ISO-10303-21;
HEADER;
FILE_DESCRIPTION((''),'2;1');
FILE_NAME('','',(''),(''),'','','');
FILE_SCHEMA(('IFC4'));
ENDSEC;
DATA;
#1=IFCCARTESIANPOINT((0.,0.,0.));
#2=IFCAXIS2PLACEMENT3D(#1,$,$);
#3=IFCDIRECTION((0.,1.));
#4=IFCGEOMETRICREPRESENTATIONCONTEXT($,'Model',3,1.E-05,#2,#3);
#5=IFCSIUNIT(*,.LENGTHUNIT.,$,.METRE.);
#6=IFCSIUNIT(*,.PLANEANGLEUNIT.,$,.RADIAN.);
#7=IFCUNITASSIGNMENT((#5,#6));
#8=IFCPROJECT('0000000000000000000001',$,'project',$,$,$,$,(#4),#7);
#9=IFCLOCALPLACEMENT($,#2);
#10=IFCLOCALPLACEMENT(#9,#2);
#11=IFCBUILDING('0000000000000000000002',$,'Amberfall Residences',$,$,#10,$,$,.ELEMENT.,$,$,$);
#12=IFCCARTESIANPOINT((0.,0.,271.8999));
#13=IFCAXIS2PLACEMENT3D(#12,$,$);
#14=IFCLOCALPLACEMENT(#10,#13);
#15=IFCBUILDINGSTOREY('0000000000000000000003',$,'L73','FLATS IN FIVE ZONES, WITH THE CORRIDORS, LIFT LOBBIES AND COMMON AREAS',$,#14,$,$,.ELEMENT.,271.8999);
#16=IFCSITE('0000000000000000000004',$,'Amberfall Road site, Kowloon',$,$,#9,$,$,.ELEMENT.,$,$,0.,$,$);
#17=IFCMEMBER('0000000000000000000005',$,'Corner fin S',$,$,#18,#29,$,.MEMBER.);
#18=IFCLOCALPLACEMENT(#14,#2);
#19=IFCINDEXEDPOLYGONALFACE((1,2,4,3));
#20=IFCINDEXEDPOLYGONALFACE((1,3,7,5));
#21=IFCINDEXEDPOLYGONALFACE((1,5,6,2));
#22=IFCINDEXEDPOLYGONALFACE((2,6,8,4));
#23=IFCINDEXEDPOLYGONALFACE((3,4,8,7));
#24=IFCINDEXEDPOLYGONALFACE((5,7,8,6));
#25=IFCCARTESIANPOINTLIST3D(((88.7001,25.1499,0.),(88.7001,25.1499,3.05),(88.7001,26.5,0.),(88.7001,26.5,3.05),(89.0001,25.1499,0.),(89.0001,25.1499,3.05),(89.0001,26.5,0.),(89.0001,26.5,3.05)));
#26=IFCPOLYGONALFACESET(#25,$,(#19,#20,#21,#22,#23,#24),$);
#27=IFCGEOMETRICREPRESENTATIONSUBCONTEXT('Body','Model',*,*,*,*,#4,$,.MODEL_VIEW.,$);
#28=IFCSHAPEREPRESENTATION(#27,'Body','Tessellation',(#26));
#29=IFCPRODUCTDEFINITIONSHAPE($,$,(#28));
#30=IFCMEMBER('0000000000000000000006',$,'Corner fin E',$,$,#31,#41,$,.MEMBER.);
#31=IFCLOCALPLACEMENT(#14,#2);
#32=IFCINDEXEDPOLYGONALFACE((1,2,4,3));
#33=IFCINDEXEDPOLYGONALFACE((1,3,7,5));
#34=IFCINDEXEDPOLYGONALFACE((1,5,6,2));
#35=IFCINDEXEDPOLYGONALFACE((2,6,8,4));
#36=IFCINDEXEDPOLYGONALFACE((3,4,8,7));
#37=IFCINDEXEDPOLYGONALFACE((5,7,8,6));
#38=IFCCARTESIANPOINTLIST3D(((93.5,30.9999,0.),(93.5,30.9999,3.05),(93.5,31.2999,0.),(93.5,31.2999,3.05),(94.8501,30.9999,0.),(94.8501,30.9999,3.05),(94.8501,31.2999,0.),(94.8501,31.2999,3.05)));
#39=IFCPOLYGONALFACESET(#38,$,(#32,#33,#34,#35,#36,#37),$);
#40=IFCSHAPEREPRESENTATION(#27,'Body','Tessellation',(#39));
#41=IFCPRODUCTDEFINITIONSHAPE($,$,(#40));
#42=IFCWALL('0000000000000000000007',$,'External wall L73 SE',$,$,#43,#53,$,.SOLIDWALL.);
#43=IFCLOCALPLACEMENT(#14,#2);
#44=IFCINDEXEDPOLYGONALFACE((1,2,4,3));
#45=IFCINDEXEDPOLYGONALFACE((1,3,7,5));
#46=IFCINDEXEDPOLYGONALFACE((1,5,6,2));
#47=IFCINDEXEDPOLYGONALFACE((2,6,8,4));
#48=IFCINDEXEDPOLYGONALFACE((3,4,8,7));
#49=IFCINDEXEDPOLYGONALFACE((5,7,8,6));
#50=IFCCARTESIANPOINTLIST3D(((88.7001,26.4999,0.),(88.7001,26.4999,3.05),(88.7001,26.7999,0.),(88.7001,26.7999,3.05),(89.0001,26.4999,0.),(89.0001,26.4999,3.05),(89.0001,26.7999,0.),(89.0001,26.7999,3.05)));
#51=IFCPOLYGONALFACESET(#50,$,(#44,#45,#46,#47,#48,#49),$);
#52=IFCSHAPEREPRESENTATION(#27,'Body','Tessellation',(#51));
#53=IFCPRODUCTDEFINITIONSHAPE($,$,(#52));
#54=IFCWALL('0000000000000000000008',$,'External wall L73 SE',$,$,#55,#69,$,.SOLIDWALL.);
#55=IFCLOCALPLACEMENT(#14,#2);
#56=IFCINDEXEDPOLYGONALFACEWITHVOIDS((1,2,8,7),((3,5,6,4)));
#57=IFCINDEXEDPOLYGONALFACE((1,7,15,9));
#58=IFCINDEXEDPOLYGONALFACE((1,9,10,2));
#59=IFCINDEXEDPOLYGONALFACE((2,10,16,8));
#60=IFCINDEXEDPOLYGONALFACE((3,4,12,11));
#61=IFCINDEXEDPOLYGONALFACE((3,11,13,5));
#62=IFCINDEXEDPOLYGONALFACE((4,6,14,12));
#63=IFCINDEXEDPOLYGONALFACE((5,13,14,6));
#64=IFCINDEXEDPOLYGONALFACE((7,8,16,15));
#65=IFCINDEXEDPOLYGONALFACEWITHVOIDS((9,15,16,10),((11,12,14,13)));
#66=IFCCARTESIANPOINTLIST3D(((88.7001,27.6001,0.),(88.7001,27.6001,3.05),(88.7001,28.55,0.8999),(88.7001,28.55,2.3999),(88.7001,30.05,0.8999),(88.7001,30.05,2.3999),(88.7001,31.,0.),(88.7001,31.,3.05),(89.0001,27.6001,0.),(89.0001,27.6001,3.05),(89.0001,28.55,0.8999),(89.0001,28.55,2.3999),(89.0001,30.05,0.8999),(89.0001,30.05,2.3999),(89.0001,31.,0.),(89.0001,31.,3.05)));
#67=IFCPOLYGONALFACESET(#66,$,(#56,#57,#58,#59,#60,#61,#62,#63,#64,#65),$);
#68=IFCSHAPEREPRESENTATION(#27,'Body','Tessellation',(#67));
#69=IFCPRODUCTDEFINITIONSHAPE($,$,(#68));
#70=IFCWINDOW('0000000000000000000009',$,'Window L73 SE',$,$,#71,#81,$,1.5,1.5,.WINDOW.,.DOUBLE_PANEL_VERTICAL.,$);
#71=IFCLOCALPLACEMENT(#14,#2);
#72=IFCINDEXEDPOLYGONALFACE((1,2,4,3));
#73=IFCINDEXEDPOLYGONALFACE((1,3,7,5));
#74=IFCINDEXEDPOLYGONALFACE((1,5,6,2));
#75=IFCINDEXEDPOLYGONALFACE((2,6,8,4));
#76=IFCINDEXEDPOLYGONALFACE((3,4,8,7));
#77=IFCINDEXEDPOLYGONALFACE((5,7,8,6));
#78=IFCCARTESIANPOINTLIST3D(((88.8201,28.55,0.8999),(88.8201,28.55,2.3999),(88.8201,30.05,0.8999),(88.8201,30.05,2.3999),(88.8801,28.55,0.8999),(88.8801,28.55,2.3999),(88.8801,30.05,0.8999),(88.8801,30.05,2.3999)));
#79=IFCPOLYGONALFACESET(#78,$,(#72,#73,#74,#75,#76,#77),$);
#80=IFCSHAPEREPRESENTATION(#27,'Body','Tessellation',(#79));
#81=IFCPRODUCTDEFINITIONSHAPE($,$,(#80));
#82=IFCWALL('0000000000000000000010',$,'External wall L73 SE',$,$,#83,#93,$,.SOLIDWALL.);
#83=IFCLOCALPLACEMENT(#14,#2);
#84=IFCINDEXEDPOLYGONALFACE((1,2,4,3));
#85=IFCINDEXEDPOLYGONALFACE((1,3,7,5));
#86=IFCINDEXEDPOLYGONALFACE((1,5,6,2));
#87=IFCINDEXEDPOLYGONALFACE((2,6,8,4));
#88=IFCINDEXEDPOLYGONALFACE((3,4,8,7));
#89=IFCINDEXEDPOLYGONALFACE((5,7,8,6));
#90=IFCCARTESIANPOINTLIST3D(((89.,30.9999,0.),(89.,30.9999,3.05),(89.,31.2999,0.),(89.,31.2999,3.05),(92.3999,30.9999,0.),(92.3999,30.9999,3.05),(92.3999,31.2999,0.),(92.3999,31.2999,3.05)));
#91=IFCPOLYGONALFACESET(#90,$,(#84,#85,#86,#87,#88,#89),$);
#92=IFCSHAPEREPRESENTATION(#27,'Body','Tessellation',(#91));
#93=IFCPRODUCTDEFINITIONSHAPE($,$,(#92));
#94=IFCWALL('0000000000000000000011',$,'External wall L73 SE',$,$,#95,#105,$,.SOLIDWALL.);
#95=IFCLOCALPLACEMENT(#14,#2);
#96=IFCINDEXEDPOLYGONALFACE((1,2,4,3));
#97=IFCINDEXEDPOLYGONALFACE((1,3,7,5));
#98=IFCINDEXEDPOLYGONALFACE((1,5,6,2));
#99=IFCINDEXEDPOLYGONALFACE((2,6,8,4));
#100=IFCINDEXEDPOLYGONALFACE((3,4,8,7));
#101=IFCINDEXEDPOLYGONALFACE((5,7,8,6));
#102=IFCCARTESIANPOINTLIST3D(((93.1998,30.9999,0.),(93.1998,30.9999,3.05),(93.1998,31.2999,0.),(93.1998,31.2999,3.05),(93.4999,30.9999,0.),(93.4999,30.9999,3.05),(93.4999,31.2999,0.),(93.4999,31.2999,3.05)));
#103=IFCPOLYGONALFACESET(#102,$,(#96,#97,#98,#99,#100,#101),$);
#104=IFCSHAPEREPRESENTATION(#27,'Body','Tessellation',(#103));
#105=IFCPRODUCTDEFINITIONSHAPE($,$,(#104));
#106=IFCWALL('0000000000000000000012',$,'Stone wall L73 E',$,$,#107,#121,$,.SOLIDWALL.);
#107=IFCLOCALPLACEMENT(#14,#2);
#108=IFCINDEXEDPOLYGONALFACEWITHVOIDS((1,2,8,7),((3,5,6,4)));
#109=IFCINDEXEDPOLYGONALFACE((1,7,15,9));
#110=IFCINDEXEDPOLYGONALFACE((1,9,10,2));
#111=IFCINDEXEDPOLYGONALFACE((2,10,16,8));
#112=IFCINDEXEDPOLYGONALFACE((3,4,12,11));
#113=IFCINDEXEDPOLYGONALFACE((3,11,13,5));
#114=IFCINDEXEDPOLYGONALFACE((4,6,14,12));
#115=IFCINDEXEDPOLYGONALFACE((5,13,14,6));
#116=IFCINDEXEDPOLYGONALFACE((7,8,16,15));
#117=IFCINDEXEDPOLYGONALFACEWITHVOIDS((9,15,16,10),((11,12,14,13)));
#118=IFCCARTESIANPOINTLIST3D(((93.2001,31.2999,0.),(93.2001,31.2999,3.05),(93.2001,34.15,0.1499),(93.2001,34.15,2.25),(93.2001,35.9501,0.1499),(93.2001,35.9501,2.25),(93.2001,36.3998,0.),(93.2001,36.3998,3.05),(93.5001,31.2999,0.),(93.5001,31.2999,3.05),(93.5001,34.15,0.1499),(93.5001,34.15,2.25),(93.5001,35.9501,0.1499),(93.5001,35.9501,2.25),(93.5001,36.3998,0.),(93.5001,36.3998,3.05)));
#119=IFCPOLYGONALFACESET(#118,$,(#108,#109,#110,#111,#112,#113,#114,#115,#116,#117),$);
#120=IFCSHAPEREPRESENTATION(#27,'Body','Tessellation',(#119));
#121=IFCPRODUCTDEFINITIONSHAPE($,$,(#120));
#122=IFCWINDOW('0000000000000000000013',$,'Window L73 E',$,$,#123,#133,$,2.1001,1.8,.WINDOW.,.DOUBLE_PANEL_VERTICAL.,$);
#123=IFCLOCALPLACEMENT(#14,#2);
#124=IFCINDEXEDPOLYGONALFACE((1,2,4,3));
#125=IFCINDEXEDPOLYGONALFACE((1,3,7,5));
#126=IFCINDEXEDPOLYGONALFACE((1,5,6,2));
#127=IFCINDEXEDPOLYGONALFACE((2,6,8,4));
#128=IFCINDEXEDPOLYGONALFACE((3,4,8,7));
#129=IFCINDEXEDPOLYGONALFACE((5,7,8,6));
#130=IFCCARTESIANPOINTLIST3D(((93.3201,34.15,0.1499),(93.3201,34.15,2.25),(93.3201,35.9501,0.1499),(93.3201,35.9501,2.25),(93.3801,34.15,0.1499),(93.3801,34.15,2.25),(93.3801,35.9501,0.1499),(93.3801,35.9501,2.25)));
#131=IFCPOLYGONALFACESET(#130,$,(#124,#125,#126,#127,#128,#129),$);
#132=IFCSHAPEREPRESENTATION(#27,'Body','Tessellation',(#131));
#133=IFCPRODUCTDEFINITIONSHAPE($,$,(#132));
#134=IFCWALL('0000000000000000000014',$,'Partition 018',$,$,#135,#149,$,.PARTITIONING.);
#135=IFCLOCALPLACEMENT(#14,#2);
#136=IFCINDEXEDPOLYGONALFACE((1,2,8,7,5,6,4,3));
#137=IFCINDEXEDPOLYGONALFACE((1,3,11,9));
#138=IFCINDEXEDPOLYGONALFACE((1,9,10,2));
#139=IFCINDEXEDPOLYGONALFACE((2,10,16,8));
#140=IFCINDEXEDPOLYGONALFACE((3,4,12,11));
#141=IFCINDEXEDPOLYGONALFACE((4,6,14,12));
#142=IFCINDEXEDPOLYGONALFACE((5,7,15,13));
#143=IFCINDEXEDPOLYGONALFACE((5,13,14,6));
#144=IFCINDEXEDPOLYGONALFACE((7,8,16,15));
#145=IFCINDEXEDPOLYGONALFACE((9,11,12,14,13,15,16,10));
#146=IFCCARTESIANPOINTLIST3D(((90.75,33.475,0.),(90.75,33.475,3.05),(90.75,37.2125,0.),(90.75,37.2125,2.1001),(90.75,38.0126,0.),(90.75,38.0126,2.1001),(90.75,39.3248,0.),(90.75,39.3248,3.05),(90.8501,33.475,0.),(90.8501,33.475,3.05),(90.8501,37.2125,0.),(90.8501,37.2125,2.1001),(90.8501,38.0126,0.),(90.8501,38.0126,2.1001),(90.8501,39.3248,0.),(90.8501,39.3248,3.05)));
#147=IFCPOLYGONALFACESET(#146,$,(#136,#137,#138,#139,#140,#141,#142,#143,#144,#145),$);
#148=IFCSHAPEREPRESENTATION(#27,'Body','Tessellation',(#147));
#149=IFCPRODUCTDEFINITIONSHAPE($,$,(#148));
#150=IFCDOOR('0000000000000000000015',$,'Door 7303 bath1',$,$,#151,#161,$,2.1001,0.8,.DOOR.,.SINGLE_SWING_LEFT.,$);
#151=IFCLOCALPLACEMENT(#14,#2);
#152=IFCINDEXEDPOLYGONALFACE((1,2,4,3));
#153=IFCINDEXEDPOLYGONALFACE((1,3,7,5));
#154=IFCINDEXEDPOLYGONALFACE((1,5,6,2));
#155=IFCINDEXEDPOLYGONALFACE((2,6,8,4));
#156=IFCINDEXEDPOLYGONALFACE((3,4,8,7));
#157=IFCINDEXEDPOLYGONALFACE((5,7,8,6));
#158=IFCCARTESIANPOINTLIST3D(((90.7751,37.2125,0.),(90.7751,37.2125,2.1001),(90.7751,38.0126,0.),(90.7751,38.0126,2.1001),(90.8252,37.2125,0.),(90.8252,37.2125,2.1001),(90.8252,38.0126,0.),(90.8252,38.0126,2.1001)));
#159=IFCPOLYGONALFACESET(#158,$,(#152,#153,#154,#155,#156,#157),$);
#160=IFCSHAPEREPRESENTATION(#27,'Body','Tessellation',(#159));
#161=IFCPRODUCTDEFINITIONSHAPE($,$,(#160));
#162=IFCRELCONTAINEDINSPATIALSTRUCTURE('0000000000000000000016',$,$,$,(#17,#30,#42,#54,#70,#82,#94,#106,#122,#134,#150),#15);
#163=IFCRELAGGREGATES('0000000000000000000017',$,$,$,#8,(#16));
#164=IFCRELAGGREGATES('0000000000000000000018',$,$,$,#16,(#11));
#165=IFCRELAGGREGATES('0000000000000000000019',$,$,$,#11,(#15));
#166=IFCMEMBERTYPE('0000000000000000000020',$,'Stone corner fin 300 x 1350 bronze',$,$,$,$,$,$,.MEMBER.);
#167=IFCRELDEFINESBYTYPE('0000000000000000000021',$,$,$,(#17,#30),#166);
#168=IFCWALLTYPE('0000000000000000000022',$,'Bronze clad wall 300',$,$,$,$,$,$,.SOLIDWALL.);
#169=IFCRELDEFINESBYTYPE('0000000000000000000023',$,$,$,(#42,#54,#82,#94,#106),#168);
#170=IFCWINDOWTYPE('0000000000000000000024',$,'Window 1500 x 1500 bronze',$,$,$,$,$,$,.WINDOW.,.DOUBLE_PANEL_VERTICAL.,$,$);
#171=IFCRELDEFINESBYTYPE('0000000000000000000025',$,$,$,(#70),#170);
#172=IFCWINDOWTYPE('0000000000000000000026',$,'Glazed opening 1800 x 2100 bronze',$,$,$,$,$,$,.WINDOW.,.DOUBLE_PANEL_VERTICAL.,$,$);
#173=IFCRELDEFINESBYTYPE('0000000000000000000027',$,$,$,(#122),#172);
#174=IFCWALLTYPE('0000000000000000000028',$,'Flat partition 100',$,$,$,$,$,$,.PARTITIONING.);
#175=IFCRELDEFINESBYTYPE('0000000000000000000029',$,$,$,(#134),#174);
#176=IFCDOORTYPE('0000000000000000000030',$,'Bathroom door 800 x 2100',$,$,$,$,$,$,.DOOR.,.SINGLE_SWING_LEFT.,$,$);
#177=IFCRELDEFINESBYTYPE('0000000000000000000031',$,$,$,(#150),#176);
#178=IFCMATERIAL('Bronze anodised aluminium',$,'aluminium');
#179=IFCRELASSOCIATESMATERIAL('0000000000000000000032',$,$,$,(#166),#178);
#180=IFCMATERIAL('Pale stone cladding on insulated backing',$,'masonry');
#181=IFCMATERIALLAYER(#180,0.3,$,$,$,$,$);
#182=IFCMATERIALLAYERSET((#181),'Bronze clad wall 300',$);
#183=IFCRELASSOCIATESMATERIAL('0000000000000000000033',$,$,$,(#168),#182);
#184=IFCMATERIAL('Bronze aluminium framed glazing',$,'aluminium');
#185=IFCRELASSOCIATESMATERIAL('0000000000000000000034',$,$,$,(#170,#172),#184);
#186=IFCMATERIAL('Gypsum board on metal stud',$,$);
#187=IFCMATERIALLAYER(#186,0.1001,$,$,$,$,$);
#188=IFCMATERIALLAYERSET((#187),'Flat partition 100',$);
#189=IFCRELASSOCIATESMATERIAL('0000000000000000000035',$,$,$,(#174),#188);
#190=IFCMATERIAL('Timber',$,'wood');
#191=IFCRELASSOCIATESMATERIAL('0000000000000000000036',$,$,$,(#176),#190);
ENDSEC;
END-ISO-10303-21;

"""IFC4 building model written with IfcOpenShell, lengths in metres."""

from ifc_helpers import new_model, si_unit, direction, frame, frame_2d, origin, origin_2d, place, context, subcontext, project, spatial, rectangle, extrude, material, layer, layer_set, material_profile, profile_set, type_object, element, fill, save


model = new_model("IFC4")

# Units and contexts
model_context = context("Model", 3, precision=1e-05, world=origin(), true_north=direction((0.0, 1.0)))
body_context = subcontext(model_context, "Body", "Model", "MODEL_VIEW")
ifc_project = project(units=[si_unit("LENGTHUNIT", "METRE"), si_unit("PLANEANGLEUNIT", "RADIAN")], contexts=[model_context])

# Site, building, storey
site_placement = place(None, origin())
site = spatial("IfcSite", under=ifc_project, at=site_placement, Name="Amberfall Road site, Kowloon", CompositionType="ELEMENT", RefElevation=0.0)
building_placement = place(site_placement, origin())
building = spatial("IfcBuilding", under=site, at=building_placement, Name="Amberfall Residences", CompositionType="ELEMENT")
storey_placement = place(building_placement, frame((0.0, 0.0, 271.8999)))
storey = spatial("IfcBuildingStorey", under=building, at=storey_placement, Name="L73", Description="FLATS IN FIVE ZONES, WITH THE CORRIDORS, LIFT LOBBIES AND COMMON AREAS", CompositionType="ELEMENT", Elevation=271.8999)

# Members
ifc_material_1 = material(Name="Bronze anodised aluminium", Category="aluminium")
ifc_material_profile_1 = material_profile(ifc_material_1, rectangle(XDim=1.3501, YDim=0.3, at=origin_2d()), Name="Stone corner fin 300 x 1350 bronze")
ifc_profile_set_1 = profile_set([ifc_material_profile_1], Name="Bronze anodised aluminium")
member_type = type_object("IfcMemberType", Name="Stone corner fin 300 x 1350 bronze", PredefinedType="MEMBER", material=ifc_profile_set_1)
for number, where, z_axis, x_axis, name in (
    (1, (88.8501, 25.825, 0.0), (0.0, 0.0, 1.0), (0.0, 1.0, 0.0), "Corner fin S"),
    (2, (94.175, 31.1499, 0.0), (0.0, 0.0, 1.0), (-1.0, 0.0, 0.0), "Corner fin E"),
):
    element("IfcMember", number, at=place(storey_placement, frame(where, z_axis=z_axis, x_axis=x_axis)), inside=storey, type_object=member_type, Name=name, PredefinedType="MEMBER", context=body_context, shape_type="SweptSolid", body=[
        extrude(rectangle(XDim=1.3501, YDim=0.3, at=origin_2d()), origin(), (0.0, 0.0, 1.0), 3.05),
    ])

# Wall
ifc_material_2 = material(Name="Pale stone cladding on insulated backing", Category="masonry")
ifc_layer_1 = layer(ifc_material_2, 0.3)
ifc_layer_set_1 = layer_set([ifc_layer_1], Name="Bronze clad wall 300")
wall_type_1 = type_object("IfcWallType", Name="Bronze clad wall 300", PredefinedType="SOLIDWALL", material=ifc_layer_set_1)
wall_1_placement = place(storey_placement, frame((88.8501, 26.5, 0.0), z_axis=(0.0, 0.0, 1.0), x_axis=(0.0, 1.0, 0.0)))
element("IfcWall", 3, at=wall_1_placement, inside=storey, type_object=wall_type_1, Name="External wall L73 SE", PredefinedType="SOLIDWALL", context=body_context, shape_type="SweptSolid", body=[
    extrude(rectangle(XDim=0.3, YDim=0.3, at=frame_2d((0.1499, 0.0))), origin(), (0.0, 0.0, 1.0), 3.05),
])

# Wall, opening, window
wall_2_placement = place(storey_placement, frame((88.8501, 27.6001, 0.0), z_axis=(0.0, 0.0, 1.0), x_axis=(0.0, 1.0, 0.0)))
wall_2 = element("IfcWall", 4, at=wall_2_placement, inside=storey, type_object=wall_type_1, Name="External wall L73 SE", PredefinedType="SOLIDWALL", context=body_context, shape_type="SweptSolid", body=[
    extrude(rectangle(XDim=3.3999, YDim=0.3, at=frame_2d((1.7, 0.0))), origin(), (0.0, 0.0, 1.0), 3.05),
])
opening_1_placement = place(wall_2_placement, frame((0.95, 0.0, 0.8999)))
opening_1 = element("IfcOpeningElement", 5, at=opening_1_placement, cuts=wall_2, PredefinedType="OPENING", context=body_context, shape_type="SweptSolid", body=[
    extrude(rectangle(XDim=1.5, YDim=1.5, at=frame_2d((0.75, 0.75))), frame((0.0, 0.1599, 0.0), z_axis=(0.0, -1.0, 0.0), x_axis=(1.0, 0.0, 0.0)), (0.0, 0.0, 1.0), 0.3201),
])
ifc_material_3 = material(Name="Bronze aluminium framed glazing", Category="aluminium")
window_type_1 = type_object("IfcWindowType", Name="Window 1500 x 1500 bronze", PartitioningType="DOUBLE_PANEL_VERTICAL", PredefinedType="WINDOW", material=ifc_material_3)
window_1_placement = place(opening_1_placement, origin())
window_1 = element("IfcWindow", 6, at=window_1_placement, inside=storey, type_object=window_type_1, Name="Window L73 SE", OverallHeight=1.5, OverallWidth=1.5, PartitioningType="DOUBLE_PANEL_VERTICAL", PredefinedType="WINDOW", context=body_context, shape_type="SweptSolid", body=[
    extrude(rectangle(XDim=1.5, YDim=1.5, at=frame_2d((0.75, 0.75))), frame((0.0, 0.03, 0.0), z_axis=(0.0, -1.0, 0.0), x_axis=(1.0, 0.0, 0.0)), (0.0, 0.0, 1.0), 0.0601),
])
fill(opening_1, window_1)

# Walls
wall_3_placement = place(storey_placement, frame((89.0, 31.1499, 0.0), z_axis=(0.0, 0.0, 1.0), x_axis=(1.0, 0.0, 0.0)))
element("IfcWall", 7, at=wall_3_placement, inside=storey, type_object=wall_type_1, Name="External wall L73 SE", PredefinedType="SOLIDWALL", context=body_context, shape_type="SweptSolid", body=[
    extrude(rectangle(XDim=3.3999, YDim=0.3, at=frame_2d((1.7, 0.0))), origin(), (0.0, 0.0, 1.0), 3.05),
])
wall_4_placement = place(storey_placement, frame((93.2, 31.1499, 0.0), z_axis=(0.0, 0.0, 1.0), x_axis=(1.0, 0.0, 0.0)))
element("IfcWall", 8, at=wall_4_placement, inside=storey, type_object=wall_type_1, Name="External wall L73 SE", PredefinedType="SOLIDWALL", context=body_context, shape_type="SweptSolid", body=[
    extrude(rectangle(XDim=0.3, YDim=0.3, at=frame_2d((0.1499, 0.0))), origin(), (0.0, 0.0, 1.0), 3.05),
])

# Wall, opening, window
wall_5_placement = place(storey_placement, frame((93.3501, 31.3, 0.0), z_axis=(0.0, 0.0, 1.0), x_axis=(0.0, 1.0, 0.0)))
wall_5 = element("IfcWall", 9, at=wall_5_placement, inside=storey, type_object=wall_type_1, Name="Stone wall L73 E", PredefinedType="SOLIDWALL", context=body_context, shape_type="SweptSolid", body=[
    extrude(rectangle(XDim=5.0999, YDim=0.3, at=frame_2d((2.5498, 0.0))), origin(), (0.0, 0.0, 1.0), 3.05),
])
opening_2_placement = place(wall_5_placement, frame((2.8501, 0.0, 0.1499)))
opening_2 = element("IfcOpeningElement", 10, at=opening_2_placement, cuts=wall_5, PredefinedType="OPENING", context=body_context, shape_type="SweptSolid", body=[
    extrude(rectangle(XDim=1.8, YDim=2.1001, at=frame_2d((0.8999, 1.05))), frame((0.0, 0.1599, 0.0), z_axis=(0.0, -1.0, 0.0), x_axis=(1.0, 0.0, 0.0)), (0.0, 0.0, 1.0), 0.3201),
])
window_type_2 = type_object("IfcWindowType", Name="Glazed opening 1800 x 2100 bronze", PartitioningType="DOUBLE_PANEL_VERTICAL", PredefinedType="WINDOW", material=ifc_material_3)
window_2_placement = place(opening_2_placement, origin())
window_2 = element("IfcWindow", 11, at=window_2_placement, inside=storey, type_object=window_type_2, Name="Window L73 E", OverallHeight=2.1001, OverallWidth=1.8, PartitioningType="DOUBLE_PANEL_VERTICAL", PredefinedType="WINDOW", context=body_context, shape_type="SweptSolid", body=[
    extrude(rectangle(XDim=1.8, YDim=2.1001, at=frame_2d((0.8999, 1.05))), frame((0.0, 0.03, 0.0), z_axis=(0.0, -1.0, 0.0), x_axis=(1.0, 0.0, 0.0)), (0.0, 0.0, 1.0), 0.0601),
])
fill(opening_2, window_2)

# Wall, opening, door
ifc_material_4 = material(Name="Gypsum board on metal stud")
ifc_layer_2 = layer(ifc_material_4, 0.1001)
ifc_layer_set_2 = layer_set([ifc_layer_2], Name="Flat partition 100")
wall_type_2 = type_object("IfcWallType", Name="Flat partition 100", PredefinedType="PARTITIONING", material=ifc_layer_set_2)
wall_6_placement = place(storey_placement, frame((90.8, 33.4751, 0.0), z_axis=(0.0, 0.0, 1.0), x_axis=(0.0, 1.0, 0.0)))
wall_6 = element("IfcWall", 12, at=wall_6_placement, inside=storey, type_object=wall_type_2, Name="Partition 018", PredefinedType="PARTITIONING", context=body_context, shape_type="SweptSolid", body=[
    extrude(rectangle(XDim=5.8499, YDim=0.1001, at=frame_2d((2.9248, 0.0))), origin(), (0.0, 0.0, 1.0), 3.05),
])
opening_3_placement = place(wall_6_placement, frame((3.7375, 0.0, 0.0)))
opening_3 = element("IfcOpeningElement", 13, at=opening_3_placement, cuts=wall_6, PredefinedType="OPENING", context=body_context, shape_type="SweptSolid", body=[
    extrude(rectangle(XDim=0.8, YDim=2.1001, at=frame_2d((0.3999, 1.05))), frame((0.0, 0.0601, 0.0), z_axis=(0.0, -1.0, 0.0), x_axis=(1.0, 0.0, 0.0)), (0.0, 0.0, 1.0), 0.1201),
])
ifc_material_5 = material(Name="Timber", Category="wood")
door_type_1 = type_object("IfcDoorType", Name="Bathroom door 800 x 2100", OperationType="SINGLE_SWING_LEFT", PredefinedType="DOOR", material=ifc_material_5)
door_1_placement = place(opening_3_placement, origin())
door_1 = element("IfcDoor", 14, at=door_1_placement, inside=storey, type_object=door_type_1, Name="Door 7303 bath1", OperationType="SINGLE_SWING_LEFT", OverallHeight=2.1001, OverallWidth=0.8, PredefinedType="DOOR", context=body_context, shape_type="SweptSolid", body=[
    extrude(rectangle(XDim=0.8, YDim=2.1001, at=frame_2d((0.3999, 1.05))), frame((0.0, 0.0249, 0.0), z_axis=(0.0, -1.0, 0.0), x_axis=(1.0, 0.0, 0.0)), (0.0, 0.0, 1.0), 0.05),
])
fill(opening_3, door_1)

save(model, "model.ifc")
